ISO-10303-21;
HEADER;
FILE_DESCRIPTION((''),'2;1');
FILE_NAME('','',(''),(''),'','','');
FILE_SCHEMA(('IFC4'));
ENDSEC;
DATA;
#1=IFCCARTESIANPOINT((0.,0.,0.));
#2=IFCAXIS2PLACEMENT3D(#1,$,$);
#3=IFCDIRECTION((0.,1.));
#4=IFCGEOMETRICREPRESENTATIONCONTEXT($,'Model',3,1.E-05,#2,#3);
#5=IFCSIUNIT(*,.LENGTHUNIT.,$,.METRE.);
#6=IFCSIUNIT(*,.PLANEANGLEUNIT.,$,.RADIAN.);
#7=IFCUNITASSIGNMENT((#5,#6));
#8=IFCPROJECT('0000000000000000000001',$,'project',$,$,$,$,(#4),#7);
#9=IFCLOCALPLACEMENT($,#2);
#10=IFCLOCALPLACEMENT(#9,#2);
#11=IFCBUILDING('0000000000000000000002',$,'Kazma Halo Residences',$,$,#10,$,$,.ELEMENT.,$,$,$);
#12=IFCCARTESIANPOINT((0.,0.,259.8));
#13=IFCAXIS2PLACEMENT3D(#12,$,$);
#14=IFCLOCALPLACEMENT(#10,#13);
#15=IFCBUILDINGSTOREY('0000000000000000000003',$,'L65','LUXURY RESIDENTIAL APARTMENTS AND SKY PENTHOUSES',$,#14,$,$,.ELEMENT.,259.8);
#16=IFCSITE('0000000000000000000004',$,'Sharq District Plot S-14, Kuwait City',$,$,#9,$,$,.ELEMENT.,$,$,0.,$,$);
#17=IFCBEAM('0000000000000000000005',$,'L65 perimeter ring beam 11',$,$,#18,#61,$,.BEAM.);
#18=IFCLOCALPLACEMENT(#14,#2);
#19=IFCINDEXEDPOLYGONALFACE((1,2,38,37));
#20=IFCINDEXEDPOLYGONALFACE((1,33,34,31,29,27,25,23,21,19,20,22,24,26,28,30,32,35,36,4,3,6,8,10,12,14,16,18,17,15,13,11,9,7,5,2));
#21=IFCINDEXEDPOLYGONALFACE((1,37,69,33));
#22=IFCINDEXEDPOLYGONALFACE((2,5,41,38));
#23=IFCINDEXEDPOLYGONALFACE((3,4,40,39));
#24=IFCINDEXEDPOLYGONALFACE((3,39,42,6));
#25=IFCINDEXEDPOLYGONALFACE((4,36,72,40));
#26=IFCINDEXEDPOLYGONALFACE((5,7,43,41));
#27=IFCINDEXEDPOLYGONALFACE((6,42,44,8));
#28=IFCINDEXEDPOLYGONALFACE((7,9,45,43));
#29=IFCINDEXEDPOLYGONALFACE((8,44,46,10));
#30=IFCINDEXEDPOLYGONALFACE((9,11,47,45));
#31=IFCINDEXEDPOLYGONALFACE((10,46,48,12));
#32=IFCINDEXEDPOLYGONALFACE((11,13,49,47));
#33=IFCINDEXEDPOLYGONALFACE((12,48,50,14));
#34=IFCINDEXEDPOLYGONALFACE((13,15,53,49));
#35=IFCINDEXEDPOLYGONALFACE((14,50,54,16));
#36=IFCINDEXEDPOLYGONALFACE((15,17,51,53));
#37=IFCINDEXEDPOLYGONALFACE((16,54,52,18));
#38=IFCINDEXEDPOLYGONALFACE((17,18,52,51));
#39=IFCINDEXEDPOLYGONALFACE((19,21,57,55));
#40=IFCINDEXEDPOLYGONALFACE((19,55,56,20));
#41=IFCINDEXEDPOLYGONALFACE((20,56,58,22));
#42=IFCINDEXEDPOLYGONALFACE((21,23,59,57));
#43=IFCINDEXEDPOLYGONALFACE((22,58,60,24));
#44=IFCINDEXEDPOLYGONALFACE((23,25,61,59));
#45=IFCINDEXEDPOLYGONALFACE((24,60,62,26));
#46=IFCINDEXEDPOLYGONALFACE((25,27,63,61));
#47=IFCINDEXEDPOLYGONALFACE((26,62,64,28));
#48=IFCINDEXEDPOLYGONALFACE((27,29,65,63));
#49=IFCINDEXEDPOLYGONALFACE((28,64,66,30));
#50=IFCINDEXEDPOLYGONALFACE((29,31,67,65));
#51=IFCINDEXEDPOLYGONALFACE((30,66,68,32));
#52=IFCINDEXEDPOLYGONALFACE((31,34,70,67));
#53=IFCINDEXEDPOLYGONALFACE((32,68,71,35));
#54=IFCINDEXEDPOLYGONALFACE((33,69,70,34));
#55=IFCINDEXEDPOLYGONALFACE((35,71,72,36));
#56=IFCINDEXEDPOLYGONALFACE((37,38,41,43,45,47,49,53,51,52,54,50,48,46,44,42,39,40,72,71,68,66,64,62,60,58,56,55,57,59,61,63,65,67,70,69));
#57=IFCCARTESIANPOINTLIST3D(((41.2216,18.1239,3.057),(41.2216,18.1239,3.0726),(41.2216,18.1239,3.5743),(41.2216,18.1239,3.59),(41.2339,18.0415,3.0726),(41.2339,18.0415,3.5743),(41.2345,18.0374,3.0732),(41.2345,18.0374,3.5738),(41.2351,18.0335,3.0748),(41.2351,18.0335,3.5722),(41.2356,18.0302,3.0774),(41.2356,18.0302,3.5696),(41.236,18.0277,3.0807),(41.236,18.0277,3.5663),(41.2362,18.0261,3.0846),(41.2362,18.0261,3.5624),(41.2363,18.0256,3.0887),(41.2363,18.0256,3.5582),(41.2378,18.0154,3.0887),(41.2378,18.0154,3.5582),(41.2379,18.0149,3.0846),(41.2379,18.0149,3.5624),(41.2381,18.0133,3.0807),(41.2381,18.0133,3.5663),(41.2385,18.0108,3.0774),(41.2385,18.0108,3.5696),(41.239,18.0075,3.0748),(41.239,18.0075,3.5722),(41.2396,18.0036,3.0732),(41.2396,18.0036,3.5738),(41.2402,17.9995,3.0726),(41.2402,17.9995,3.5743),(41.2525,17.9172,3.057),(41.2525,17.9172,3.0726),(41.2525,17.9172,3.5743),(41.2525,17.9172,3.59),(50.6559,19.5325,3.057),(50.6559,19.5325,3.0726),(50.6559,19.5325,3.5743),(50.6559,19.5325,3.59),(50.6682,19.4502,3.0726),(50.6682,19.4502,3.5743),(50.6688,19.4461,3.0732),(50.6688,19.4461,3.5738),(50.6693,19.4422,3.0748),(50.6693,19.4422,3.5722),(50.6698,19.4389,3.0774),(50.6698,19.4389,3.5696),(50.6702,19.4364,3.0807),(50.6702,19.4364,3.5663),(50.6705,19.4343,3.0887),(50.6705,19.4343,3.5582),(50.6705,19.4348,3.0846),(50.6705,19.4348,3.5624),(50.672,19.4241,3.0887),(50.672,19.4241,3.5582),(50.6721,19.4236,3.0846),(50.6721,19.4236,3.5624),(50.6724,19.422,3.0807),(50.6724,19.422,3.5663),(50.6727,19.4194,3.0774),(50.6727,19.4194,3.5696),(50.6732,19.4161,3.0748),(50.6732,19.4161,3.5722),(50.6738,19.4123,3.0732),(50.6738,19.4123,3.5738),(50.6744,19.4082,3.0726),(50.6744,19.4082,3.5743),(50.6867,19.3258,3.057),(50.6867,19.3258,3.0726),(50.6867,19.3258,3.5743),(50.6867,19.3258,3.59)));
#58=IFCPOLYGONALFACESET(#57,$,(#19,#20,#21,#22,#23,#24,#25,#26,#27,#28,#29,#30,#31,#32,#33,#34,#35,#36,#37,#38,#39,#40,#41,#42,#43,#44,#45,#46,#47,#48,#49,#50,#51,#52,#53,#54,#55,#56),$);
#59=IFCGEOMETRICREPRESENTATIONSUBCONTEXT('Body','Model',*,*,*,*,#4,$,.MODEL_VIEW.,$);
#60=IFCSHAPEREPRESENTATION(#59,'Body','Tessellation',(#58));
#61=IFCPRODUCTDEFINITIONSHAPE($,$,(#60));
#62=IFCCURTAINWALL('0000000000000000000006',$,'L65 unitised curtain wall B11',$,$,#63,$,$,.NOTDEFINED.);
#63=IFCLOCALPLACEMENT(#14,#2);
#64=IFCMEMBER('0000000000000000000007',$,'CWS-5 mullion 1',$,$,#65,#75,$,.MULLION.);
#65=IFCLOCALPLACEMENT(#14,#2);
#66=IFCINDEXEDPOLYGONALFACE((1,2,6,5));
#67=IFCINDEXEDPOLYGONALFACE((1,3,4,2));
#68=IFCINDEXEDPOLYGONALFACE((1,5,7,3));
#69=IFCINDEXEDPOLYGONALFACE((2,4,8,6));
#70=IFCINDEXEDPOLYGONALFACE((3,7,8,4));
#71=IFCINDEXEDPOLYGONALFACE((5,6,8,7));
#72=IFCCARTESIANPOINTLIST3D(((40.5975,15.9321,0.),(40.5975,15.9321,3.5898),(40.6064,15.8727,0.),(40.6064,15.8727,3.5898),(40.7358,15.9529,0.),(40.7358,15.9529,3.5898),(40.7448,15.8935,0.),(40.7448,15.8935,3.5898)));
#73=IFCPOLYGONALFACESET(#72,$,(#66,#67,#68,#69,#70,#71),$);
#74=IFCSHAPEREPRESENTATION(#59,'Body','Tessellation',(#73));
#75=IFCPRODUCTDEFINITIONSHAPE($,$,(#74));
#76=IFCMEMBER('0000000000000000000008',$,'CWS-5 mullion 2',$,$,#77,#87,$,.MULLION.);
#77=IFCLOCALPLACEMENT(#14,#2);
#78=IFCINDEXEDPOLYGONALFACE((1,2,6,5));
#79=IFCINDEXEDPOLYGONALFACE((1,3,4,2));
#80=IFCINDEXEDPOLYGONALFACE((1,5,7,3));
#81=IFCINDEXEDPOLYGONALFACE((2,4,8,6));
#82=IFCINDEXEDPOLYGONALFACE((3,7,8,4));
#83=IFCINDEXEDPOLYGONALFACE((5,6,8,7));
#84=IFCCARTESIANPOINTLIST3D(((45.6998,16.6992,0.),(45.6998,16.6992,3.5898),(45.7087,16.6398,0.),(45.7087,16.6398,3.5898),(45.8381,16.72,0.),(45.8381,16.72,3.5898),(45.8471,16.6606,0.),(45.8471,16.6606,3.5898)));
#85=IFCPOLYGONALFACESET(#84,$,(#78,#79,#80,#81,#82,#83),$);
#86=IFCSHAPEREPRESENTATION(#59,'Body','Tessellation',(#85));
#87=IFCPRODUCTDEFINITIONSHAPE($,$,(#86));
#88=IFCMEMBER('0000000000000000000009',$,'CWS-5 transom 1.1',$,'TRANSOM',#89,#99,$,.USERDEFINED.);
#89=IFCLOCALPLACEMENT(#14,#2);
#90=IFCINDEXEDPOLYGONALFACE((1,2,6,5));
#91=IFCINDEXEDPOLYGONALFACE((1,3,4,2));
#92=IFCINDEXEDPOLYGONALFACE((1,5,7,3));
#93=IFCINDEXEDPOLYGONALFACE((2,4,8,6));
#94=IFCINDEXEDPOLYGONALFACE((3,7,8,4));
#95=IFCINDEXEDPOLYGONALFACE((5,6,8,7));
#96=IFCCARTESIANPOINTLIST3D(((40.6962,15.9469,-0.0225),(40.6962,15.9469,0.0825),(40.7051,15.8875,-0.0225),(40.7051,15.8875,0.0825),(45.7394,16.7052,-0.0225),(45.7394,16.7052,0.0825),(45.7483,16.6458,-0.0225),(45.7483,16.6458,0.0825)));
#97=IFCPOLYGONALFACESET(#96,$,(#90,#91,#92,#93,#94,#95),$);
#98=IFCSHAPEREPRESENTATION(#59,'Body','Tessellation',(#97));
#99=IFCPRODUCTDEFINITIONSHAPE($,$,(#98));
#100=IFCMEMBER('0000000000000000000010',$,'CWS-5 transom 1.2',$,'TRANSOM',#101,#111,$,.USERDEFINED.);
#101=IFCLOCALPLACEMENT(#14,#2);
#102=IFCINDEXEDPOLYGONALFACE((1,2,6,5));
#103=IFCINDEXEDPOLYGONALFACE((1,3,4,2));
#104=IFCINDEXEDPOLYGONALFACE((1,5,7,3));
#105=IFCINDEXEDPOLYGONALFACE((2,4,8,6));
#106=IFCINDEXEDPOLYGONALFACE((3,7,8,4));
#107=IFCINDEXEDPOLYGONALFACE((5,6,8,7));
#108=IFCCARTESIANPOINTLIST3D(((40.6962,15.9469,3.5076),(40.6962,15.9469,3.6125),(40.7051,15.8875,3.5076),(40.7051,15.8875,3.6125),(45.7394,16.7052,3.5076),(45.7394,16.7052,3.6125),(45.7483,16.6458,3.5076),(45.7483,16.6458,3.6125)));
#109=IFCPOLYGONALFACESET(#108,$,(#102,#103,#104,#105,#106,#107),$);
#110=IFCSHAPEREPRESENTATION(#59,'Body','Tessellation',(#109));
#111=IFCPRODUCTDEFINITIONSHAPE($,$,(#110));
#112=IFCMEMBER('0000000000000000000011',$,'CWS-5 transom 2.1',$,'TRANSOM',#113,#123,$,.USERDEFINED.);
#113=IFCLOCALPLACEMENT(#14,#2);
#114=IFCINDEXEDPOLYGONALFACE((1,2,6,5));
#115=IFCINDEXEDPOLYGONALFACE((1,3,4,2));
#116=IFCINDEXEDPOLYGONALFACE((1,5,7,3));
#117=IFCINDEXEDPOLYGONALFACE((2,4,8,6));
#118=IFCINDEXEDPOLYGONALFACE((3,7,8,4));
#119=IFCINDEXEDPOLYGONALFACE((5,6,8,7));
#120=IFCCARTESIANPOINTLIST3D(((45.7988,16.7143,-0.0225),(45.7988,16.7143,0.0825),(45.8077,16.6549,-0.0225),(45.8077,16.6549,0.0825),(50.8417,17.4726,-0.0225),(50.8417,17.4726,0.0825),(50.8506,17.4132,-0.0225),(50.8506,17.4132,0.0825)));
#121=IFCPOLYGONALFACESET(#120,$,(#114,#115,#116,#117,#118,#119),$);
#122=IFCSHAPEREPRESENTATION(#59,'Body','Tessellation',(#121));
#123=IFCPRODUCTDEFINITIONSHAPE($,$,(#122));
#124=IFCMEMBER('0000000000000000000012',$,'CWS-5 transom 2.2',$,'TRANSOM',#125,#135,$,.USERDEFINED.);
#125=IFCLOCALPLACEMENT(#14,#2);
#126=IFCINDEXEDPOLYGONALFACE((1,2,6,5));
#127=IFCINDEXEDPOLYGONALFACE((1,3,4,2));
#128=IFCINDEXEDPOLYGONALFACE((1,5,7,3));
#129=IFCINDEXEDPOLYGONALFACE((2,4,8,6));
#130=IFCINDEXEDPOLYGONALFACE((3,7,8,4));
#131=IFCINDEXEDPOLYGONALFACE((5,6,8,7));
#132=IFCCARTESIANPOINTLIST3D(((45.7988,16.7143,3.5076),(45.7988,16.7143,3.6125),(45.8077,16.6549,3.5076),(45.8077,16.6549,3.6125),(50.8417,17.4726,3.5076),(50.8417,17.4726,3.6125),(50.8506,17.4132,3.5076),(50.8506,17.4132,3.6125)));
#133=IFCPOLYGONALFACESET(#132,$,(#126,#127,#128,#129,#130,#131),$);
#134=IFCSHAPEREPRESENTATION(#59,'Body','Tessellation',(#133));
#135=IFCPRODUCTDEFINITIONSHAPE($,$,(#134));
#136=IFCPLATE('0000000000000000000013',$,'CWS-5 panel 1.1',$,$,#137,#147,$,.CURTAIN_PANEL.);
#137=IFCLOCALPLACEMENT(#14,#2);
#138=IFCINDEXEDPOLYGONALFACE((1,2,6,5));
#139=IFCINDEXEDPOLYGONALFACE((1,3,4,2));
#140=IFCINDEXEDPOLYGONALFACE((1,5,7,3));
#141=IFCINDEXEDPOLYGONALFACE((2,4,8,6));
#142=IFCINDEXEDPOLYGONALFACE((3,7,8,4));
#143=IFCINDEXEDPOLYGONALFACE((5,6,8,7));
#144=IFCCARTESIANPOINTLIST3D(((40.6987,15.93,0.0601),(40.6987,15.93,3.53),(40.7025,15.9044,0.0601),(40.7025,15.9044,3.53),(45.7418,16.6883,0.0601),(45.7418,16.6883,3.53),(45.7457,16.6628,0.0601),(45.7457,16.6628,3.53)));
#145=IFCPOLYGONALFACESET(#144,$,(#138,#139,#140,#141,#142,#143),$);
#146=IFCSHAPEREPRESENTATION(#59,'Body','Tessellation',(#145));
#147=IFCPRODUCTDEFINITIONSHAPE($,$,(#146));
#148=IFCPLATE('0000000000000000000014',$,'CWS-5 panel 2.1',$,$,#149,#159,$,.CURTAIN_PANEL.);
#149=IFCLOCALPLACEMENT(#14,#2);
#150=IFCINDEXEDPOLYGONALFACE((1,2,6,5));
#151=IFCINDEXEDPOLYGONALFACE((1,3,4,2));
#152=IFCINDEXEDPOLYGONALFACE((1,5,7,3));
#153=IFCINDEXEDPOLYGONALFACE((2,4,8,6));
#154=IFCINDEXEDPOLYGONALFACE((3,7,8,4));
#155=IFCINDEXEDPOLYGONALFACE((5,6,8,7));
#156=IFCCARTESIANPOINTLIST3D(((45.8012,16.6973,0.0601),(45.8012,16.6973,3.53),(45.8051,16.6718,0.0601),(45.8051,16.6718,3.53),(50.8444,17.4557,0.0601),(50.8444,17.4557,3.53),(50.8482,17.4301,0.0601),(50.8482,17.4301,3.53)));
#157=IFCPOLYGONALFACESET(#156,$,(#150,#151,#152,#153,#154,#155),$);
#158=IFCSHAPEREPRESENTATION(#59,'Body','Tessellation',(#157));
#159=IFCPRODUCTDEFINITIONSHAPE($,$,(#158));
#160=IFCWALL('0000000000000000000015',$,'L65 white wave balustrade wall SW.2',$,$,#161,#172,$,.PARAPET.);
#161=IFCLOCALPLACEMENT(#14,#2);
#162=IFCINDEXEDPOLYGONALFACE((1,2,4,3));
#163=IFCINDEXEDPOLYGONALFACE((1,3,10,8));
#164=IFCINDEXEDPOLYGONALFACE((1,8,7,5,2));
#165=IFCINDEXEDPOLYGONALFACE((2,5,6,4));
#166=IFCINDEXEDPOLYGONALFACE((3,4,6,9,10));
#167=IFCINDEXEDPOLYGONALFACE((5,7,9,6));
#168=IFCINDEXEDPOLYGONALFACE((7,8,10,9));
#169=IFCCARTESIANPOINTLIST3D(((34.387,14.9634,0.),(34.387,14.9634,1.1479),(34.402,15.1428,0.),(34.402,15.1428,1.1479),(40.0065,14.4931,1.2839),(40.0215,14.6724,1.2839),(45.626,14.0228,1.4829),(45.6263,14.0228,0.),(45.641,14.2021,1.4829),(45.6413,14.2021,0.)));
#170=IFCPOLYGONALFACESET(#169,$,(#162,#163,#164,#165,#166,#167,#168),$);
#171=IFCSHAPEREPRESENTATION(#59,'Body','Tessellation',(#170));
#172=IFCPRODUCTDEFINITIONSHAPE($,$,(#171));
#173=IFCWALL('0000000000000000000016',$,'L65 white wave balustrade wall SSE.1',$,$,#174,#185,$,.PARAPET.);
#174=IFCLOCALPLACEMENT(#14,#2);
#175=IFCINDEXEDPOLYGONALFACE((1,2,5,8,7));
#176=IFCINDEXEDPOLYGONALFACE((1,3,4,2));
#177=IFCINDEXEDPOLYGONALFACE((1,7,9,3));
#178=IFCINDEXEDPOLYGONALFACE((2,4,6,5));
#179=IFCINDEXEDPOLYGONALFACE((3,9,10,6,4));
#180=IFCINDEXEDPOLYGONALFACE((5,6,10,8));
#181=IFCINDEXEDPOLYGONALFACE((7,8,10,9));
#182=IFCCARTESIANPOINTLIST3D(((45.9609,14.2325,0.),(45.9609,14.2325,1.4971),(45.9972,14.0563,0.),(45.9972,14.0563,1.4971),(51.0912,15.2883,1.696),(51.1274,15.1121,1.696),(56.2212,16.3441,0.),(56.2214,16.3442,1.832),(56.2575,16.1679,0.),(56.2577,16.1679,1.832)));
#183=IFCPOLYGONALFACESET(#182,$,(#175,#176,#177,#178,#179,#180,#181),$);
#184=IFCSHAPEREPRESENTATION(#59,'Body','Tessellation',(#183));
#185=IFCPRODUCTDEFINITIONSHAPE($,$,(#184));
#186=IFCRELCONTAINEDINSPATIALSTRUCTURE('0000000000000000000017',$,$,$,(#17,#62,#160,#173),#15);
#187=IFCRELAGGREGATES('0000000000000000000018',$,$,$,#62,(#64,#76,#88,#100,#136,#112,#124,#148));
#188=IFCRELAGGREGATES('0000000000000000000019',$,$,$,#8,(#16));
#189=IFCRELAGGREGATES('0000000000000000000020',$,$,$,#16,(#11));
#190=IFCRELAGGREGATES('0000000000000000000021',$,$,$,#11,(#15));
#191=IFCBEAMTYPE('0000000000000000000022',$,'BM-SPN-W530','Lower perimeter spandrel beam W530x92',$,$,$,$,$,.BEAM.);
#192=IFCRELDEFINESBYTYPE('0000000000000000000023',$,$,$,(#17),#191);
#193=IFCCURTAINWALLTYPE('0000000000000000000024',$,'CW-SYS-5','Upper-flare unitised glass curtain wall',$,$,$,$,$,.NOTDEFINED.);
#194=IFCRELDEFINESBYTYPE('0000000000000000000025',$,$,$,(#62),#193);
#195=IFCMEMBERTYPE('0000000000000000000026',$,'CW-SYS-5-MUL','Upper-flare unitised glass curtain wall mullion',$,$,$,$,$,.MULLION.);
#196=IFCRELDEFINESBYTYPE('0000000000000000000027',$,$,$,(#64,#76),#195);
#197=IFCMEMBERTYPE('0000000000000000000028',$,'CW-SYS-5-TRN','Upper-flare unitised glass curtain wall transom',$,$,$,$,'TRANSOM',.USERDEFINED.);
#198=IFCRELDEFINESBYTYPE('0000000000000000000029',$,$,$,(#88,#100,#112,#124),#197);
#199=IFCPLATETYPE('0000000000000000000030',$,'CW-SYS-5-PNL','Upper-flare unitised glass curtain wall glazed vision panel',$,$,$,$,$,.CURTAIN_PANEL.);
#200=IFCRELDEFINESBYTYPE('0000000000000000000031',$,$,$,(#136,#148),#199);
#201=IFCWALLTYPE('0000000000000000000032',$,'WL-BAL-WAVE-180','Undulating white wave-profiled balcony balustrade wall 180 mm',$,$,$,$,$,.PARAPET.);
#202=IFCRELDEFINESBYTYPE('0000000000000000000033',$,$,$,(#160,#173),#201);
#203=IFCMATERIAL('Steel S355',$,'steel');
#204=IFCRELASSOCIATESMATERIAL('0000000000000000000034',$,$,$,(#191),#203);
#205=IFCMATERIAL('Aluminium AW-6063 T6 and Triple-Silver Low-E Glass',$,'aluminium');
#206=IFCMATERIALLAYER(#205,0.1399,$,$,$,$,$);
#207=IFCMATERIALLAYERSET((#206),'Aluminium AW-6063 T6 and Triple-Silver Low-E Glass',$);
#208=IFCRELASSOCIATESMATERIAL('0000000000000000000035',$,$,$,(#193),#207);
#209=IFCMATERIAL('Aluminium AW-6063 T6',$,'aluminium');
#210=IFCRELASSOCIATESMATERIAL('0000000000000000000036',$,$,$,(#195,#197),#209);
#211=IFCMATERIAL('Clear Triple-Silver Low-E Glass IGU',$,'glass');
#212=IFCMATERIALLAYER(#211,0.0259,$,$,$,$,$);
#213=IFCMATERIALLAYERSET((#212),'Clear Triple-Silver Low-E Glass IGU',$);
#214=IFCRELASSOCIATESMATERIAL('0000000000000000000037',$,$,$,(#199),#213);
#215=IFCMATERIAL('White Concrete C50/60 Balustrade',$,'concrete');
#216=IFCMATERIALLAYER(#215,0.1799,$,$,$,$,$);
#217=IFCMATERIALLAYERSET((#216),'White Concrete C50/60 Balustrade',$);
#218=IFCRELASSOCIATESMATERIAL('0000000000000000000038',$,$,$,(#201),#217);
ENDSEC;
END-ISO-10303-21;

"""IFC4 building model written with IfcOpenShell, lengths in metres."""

from ifc_helpers import new_model, si_unit, direction, frame, origin, origin_2d, place, context, subcontext, project, spatial, polyline, rectangle, i_section, outline, extrude, material, layer, layer_set, material_profile, profile_set, type_object, element, aggregate, save


model = new_model("IFC4")

# Units and contexts
model_context = context("Model", 3, precision=1e-05, world=origin(), true_north=direction((0.0, 1.0)))
body_context = subcontext(model_context, "Body", "Model", "MODEL_VIEW")
ifc_project = project(units=[si_unit("LENGTHUNIT", "METRE"), si_unit("PLANEANGLEUNIT", "RADIAN")], contexts=[model_context])

# Site, building, storey
site_placement = place(None, origin())
site = spatial("IfcSite", under=ifc_project, at=site_placement, Name="Sharq District Plot S-14, Kuwait City", CompositionType="ELEMENT", RefElevation=0.0)
building_placement = place(site_placement, origin())
building = spatial("IfcBuilding", under=site, at=building_placement, Name="Kazma Halo Residences", CompositionType="ELEMENT")
storey_placement = place(building_placement, frame((0.0, 0.0, 259.8)))
storey = spatial("IfcBuildingStorey", under=building, at=storey_placement, Name="L65", Description="LUXURY RESIDENTIAL APARTMENTS AND SKY PENTHOUSES", CompositionType="ELEMENT", Elevation=259.8)

# Beam
ifc_material_1 = material(Name="Steel S355", Category="steel")
ifc_material_profile_1 = material_profile(ifc_material_1, i_section(OverallWidth=0.209, OverallDepth=0.533, WebThickness=0.0103, FlangeThickness=0.0156, FilletRadius=0.0161, at=origin_2d()), Name="W530x92")
ifc_profile_set_1 = profile_set([ifc_material_profile_1], Name="Steel S355")
beam_type_1 = type_object("IfcBeamType", Name="BM-SPN-W530", Description="Lower perimeter spandrel beam W530x92", PredefinedType="BEAM", material=ifc_profile_set_1)
beam_1_placement = place(storey_placement, frame((41.2371, 18.0205, 3.3235), z_axis=(0.989035, 0.147678, 0.0), x_axis=(-0.147678, 0.989035, 0.0)))
element("IfcBeam", 1, at=beam_1_placement, inside=storey, type_object=beam_type_1, Name="L65 perimeter ring beam 11", PredefinedType="BEAM", context=body_context, shape_type="SweptSolid", body=[
    extrude(i_section(OverallWidth=0.209, OverallDepth=0.533, WebThickness=0.0103, FlangeThickness=0.0156, FilletRadius=0.0161, at=origin_2d()), origin(), (0.0, 0.0, 1.0), 9.5388),
])

# Curtain wall, members, plates
ifc_material_2 = material(Name="Aluminium AW-6063 T6 and Triple-Silver Low-E Glass", Category="aluminium")
ifc_layer_1 = layer(ifc_material_2, 0.1399)
ifc_layer_set_1 = layer_set([ifc_layer_1], Name="Aluminium AW-6063 T6 and Triple-Silver Low-E Glass")
curtain_wall_type = type_object("IfcCurtainWallType", Name="CW-SYS-5", Description="Upper-flare unitised glass curtain wall", PredefinedType="NOTDEFINED", material=ifc_layer_set_1)
curtain_wall_placement = place(storey_placement, origin())
curtain_wall = element("IfcCurtainWall", 2, at=curtain_wall_placement, inside=storey, type_object=curtain_wall_type, Name="L65 unitised curtain wall B11", PredefinedType="NOTDEFINED")
ifc_material_3 = material(Name="Aluminium AW-6063 T6", Category="aluminium")
ifc_material_profile_2 = material_profile(ifc_material_3, rectangle(XDim=0.0601, YDim=0.1399, at=origin_2d()), Name="CWM-60x140")
ifc_profile_set_2 = profile_set([ifc_material_profile_2], Name="Aluminium AW-6063 T6")
member_type_1 = type_object("IfcMemberType", Name="CW-SYS-5-MUL", Description="Upper-flare unitised glass curtain wall mullion", PredefinedType="MULLION", material=ifc_profile_set_2)
member_1_placement = place(storey_placement, frame((40.6711, 15.9128, 0.0), z_axis=(0.0, 0.0, 1.0), x_axis=(-0.148697, 0.988883, 0.0)))
member_1 = element("IfcMember", 3, at=member_1_placement, type_object=member_type_1, Name="CWS-5 mullion 1", PredefinedType="MULLION", context=body_context, shape_type="SweptSolid", body=[
    extrude(rectangle(XDim=0.0601, YDim=0.1399, at=origin_2d()), origin(), (0.0, 0.0, 1.0), 3.5898),
])
member_2_placement = place(storey_placement, frame((45.7734, 16.6799, 0.0), z_axis=(0.0, 0.0, 1.0), x_axis=(-0.148697, 0.988883, 0.0)))
member_2 = element("IfcMember", 4, at=member_2_placement, type_object=member_type_1, Name="CWS-5 mullion 2", PredefinedType="MULLION", context=body_context, shape_type="SweptSolid", body=[
    extrude(rectangle(XDim=0.0601, YDim=0.1399, at=origin_2d()), origin(), (0.0, 0.0, 1.0), 3.5898),
])
ifc_material_profile_3 = material_profile(ifc_material_3, rectangle(XDim=0.0601, YDim=0.105, at=origin_2d()), Name="CWT-60x105")
ifc_profile_set_3 = profile_set([ifc_material_profile_3], Name="Aluminium AW-6063 T6")
member_type_2 = type_object("IfcMemberType", Name="CW-SYS-5-TRN", Description="Upper-flare unitised glass curtain wall transom", ElementType="TRANSOM", PredefinedType="USERDEFINED", material=ifc_profile_set_3)
member_3_placement = place(storey_placement, frame((40.7007, 15.9172, 0.03), z_axis=(0.988884, 0.148689, 0.0), x_axis=(-0.148689, 0.988884, 0.0)))
member_3 = element("IfcMember", 5, at=member_3_placement, type_object=member_type_2, Name="CWS-5 transom 1.1", ObjectType="TRANSOM", PredefinedType="USERDEFINED", context=body_context, shape_type="SweptSolid", body=[
    extrude(rectangle(XDim=0.0601, YDim=0.105, at=origin_2d()), origin(), (0.0, 0.0, 1.0), 5.0999),
])
member_4_placement = place(storey_placement, frame((40.7007, 15.9172, 3.5601), z_axis=(0.988884, 0.148689, 0.0), x_axis=(-0.148689, 0.988884, 0.0)))
member_4 = element("IfcMember", 6, at=member_4_placement, type_object=member_type_2, Name="CWS-5 transom 1.2", ObjectType="TRANSOM", PredefinedType="USERDEFINED", context=body_context, shape_type="SweptSolid", body=[
    extrude(rectangle(XDim=0.0601, YDim=0.105, at=origin_2d()), origin(), (0.0, 0.0, 1.0), 5.0999),
])
member_5_placement = place(storey_placement, frame((45.8032, 16.6846, 0.03), z_axis=(0.988883, 0.148696, 0.0), x_axis=(-0.148696, 0.988883, 0.0)))
member_5 = element("IfcMember", 7, at=member_5_placement, type_object=member_type_2, Name="CWS-5 transom 2.1", ObjectType="TRANSOM", PredefinedType="USERDEFINED", context=body_context, shape_type="SweptSolid", body=[
    extrude(rectangle(XDim=0.0601, YDim=0.105, at=origin_2d()), origin(), (0.0, 0.0, 1.0), 5.0996),
])
member_6_placement = place(storey_placement, frame((45.8032, 16.6846, 3.5601), z_axis=(0.988883, 0.148696, 0.0), x_axis=(-0.148696, 0.988883, 0.0)))
member_6 = element("IfcMember", 8, at=member_6_placement, type_object=member_type_2, Name="CWS-5 transom 2.2", ObjectType="TRANSOM", PredefinedType="USERDEFINED", context=body_context, shape_type="SweptSolid", body=[
    extrude(rectangle(XDim=0.0601, YDim=0.105, at=origin_2d()), origin(), (0.0, 0.0, 1.0), 5.0996),
])
ifc_material_4 = material(Name="Clear Triple-Silver Low-E Glass IGU", Category="glass")
ifc_layer_2 = layer(ifc_material_4, 0.0259)
ifc_layer_set_2 = layer_set([ifc_layer_2], Name="Clear Triple-Silver Low-E Glass IGU")
plate_type = type_object("IfcPlateType", Name="CW-SYS-5-PNL", Description="Upper-flare unitised glass curtain wall glazed vision panel", PredefinedType="CURTAIN_PANEL", material=ifc_layer_set_2)
plate_1_placement = place(storey_placement, frame((43.2222, 16.2964, 0.0601), z_axis=(0.0, 0.0, 1.0), x_axis=(0.988883, 0.148697, 0.0)))
plate_1 = element("IfcPlate", 9, at=plate_1_placement, type_object=plate_type, Name="CWS-5 panel 1.1", PredefinedType="CURTAIN_PANEL", context=body_context, shape_type="SweptSolid", body=[
    extrude(rectangle(XDim=5.0999, YDim=0.0259, at=origin_2d()), origin(), (0.0, 0.0, 1.0), 3.47),
])
plate_2_placement = place(storey_placement, frame((48.3247, 17.0637, 0.0601), z_axis=(0.0, 0.0, 1.0), x_axis=(0.988883, 0.148697, 0.0)))
plate_2 = element("IfcPlate", 10, at=plate_2_placement, type_object=plate_type, Name="CWS-5 panel 2.1", PredefinedType="CURTAIN_PANEL", context=body_context, shape_type="SweptSolid", body=[
    extrude(rectangle(XDim=5.0999, YDim=0.0259, at=origin_2d()), origin(), (0.0, 0.0, 1.0), 3.47),
])
aggregate(curtain_wall, [member_1, member_2, member_3, member_4, plate_1, member_5, member_6, plate_2])

# Walls
ifc_material_5 = material(Name="White Concrete C50/60 Balustrade", Category="concrete")
ifc_layer_3 = layer(ifc_material_5, 0.1799)
ifc_layer_set_3 = layer_set([ifc_layer_3], Name="White Concrete C50/60 Balustrade")
wall_type_1 = type_object("IfcWallType", Name="WL-BAL-WAVE-180", Description="Undulating white wave-profiled balcony balustrade wall 180 mm", PredefinedType="PARAPET", material=ifc_layer_set_3)
wall_1_placement = place(storey_placement, frame((34.3945, 15.0532, 0.0), z_axis=(0.0, 0.0, 1.0), x_axis=(0.996516, -0.083404, 0.0)))
element("IfcWall", 11, at=wall_1_placement, inside=storey, type_object=wall_type_1, Name="L65 white wave balustrade wall SW.2", PredefinedType="PARAPET", context=body_context, shape_type="SweptSolid", body=[
    extrude(outline(polyline([(0.0, 0.0), (11.2786, 0.0), (11.2783, 1.4829), (5.6392, 1.2839), (0.0, 1.1479), (0.0, 0.0)])), frame((0.0, 0.0898, 0.0), z_axis=(0.0, -1.0, 0.0), x_axis=(1.0, 0.0, 0.0)), (0.0, 0.0, 1.0), 0.1799),
])
wall_2_placement = place(storey_placement, frame((45.979, 14.1445, 0.0), z_axis=(0.0, 0.0, 1.0), x_axis=(0.979473, 0.201577, 0.0)))
element("IfcWall", 12, at=wall_2_placement, inside=storey, type_object=wall_type_1, Name="L65 white wave balustrade wall SSE.1", PredefinedType="PARAPET", context=body_context, shape_type="SweptSolid", body=[
    extrude(outline(polyline([(0.0, 0.0), (10.4753, 0.0), (10.4756, 1.832), (5.2378, 1.696), (0.0, 1.4971), (0.0, 0.0)])), frame((0.0, 0.0898, 0.0), z_axis=(0.0, -1.0, 0.0), x_axis=(1.0, 0.0, 0.0)), (0.0, 0.0, 1.0), 0.1799),
])

save(model, "model.ifc")
